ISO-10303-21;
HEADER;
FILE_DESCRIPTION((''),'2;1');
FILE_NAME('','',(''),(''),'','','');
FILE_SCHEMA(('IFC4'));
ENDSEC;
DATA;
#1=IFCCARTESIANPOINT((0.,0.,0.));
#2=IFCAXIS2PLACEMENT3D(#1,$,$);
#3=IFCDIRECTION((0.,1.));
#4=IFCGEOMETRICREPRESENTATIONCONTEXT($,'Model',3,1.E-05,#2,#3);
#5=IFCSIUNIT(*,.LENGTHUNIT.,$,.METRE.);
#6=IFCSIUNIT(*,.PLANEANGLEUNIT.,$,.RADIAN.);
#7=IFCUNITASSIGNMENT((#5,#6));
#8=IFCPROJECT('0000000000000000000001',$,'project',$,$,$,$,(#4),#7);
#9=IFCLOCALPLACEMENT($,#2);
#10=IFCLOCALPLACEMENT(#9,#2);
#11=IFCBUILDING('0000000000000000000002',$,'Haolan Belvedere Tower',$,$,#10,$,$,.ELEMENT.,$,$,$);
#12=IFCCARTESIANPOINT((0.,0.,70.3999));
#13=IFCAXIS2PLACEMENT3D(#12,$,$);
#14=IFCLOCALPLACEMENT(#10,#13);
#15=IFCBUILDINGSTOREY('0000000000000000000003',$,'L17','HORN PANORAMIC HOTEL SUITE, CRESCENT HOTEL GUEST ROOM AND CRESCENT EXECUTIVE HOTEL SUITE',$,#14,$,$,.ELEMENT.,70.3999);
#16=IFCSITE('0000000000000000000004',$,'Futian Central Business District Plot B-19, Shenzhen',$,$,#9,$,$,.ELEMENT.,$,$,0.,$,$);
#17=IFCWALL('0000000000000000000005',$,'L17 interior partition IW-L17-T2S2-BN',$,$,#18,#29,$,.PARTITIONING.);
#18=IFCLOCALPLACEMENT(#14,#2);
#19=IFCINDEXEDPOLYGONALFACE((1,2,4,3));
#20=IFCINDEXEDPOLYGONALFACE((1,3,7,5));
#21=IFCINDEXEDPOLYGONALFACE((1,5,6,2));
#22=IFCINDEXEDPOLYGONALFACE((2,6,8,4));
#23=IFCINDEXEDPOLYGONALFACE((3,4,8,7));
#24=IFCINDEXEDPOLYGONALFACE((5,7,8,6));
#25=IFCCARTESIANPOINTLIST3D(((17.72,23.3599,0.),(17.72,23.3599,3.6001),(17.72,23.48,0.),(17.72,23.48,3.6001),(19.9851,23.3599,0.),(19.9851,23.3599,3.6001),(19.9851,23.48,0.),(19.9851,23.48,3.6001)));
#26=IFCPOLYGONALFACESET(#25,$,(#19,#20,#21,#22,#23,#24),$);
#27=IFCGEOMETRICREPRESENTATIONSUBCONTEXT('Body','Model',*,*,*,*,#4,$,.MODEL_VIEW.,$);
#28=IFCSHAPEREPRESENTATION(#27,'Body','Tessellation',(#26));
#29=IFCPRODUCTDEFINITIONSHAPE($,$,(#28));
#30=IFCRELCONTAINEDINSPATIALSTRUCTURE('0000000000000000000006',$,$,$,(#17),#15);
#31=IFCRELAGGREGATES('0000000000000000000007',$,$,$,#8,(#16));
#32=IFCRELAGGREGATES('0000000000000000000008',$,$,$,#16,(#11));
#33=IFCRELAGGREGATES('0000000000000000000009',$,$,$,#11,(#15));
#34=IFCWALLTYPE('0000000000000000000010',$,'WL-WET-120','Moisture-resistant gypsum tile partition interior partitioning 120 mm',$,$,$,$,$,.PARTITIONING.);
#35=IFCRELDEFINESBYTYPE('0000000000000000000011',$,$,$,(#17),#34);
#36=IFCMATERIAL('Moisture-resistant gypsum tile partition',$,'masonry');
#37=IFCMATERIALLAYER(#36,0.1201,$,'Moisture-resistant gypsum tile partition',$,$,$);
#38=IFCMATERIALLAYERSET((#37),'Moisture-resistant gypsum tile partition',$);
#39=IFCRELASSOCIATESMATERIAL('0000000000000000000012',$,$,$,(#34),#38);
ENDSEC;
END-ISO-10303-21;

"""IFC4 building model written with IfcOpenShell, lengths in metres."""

from ifc_helpers import new_model, si_unit, direction, frame, frame_2d, origin, place, context, subcontext, project, spatial, rectangle, extrude, material, layer, layer_set, type_object, element, save


model = new_model("IFC4")

# Units and contexts
model_context = context("Model", 3, precision=1e-05, world=origin(), true_north=direction((0.0, 1.0)))
body_context = subcontext(model_context, "Body", "Model", "MODEL_VIEW")
ifc_project = project(units=[si_unit("LENGTHUNIT", "METRE"), si_unit("PLANEANGLEUNIT", "RADIAN")], contexts=[model_context])

# Site, building, storey
site_placement = place(None, origin())
site = spatial("IfcSite", under=ifc_project, at=site_placement, Name="Futian Central Business District Plot B-19, Shenzhen", CompositionType="ELEMENT", RefElevation=0.0)
building_placement = place(site_placement, origin())
building = spatial("IfcBuilding", under=site, at=building_placement, Name="Haolan Belvedere Tower", CompositionType="ELEMENT")
storey_placement = place(building_placement, frame((0.0, 0.0, 70.3999)))
storey = spatial("IfcBuildingStorey", under=building, at=storey_placement, Name="L17", Description="HORN PANORAMIC HOTEL SUITE, CRESCENT HOTEL GUEST ROOM AND CRESCENT EXECUTIVE HOTEL SUITE", CompositionType="ELEMENT", Elevation=70.3999)

# Shared definitions
ifc_material_1 = material(Name="Moisture-resistant gypsum tile partition", Category="masonry")
ifc_layer_1 = layer(ifc_material_1, 0.1201, Name="Moisture-resistant gypsum tile partition")
ifc_layer_set_1 = layer_set([ifc_layer_1], Name="Moisture-resistant gypsum tile partition")
wall_type_1 = type_object("IfcWallType", Name="WL-WET-120", Description="Moisture-resistant gypsum tile partition interior partitioning 120 mm", PredefinedType="PARTITIONING", material=ifc_layer_set_1)

# Wall
wall_1_placement = place(storey_placement, frame((17.72, 23.4199, 0.0), z_axis=(0.0, 0.0, 1.0), x_axis=(1.0, 0.0, 0.0)))
element("IfcWall", 1, at=wall_1_placement, inside=storey, type_object=wall_type_1, Name="L17 interior partition IW-L17-T2S2-BN", PredefinedType="PARTITIONING", context=body_context, shape_type="SweptSolid", body=[
    extrude(rectangle(XDim=2.2651, YDim=0.1201, at=frame_2d((1.1326, 0.0))), origin(), (0.0, 0.0, 1.0), 3.6001),
])

save(model, "model.ifc")
